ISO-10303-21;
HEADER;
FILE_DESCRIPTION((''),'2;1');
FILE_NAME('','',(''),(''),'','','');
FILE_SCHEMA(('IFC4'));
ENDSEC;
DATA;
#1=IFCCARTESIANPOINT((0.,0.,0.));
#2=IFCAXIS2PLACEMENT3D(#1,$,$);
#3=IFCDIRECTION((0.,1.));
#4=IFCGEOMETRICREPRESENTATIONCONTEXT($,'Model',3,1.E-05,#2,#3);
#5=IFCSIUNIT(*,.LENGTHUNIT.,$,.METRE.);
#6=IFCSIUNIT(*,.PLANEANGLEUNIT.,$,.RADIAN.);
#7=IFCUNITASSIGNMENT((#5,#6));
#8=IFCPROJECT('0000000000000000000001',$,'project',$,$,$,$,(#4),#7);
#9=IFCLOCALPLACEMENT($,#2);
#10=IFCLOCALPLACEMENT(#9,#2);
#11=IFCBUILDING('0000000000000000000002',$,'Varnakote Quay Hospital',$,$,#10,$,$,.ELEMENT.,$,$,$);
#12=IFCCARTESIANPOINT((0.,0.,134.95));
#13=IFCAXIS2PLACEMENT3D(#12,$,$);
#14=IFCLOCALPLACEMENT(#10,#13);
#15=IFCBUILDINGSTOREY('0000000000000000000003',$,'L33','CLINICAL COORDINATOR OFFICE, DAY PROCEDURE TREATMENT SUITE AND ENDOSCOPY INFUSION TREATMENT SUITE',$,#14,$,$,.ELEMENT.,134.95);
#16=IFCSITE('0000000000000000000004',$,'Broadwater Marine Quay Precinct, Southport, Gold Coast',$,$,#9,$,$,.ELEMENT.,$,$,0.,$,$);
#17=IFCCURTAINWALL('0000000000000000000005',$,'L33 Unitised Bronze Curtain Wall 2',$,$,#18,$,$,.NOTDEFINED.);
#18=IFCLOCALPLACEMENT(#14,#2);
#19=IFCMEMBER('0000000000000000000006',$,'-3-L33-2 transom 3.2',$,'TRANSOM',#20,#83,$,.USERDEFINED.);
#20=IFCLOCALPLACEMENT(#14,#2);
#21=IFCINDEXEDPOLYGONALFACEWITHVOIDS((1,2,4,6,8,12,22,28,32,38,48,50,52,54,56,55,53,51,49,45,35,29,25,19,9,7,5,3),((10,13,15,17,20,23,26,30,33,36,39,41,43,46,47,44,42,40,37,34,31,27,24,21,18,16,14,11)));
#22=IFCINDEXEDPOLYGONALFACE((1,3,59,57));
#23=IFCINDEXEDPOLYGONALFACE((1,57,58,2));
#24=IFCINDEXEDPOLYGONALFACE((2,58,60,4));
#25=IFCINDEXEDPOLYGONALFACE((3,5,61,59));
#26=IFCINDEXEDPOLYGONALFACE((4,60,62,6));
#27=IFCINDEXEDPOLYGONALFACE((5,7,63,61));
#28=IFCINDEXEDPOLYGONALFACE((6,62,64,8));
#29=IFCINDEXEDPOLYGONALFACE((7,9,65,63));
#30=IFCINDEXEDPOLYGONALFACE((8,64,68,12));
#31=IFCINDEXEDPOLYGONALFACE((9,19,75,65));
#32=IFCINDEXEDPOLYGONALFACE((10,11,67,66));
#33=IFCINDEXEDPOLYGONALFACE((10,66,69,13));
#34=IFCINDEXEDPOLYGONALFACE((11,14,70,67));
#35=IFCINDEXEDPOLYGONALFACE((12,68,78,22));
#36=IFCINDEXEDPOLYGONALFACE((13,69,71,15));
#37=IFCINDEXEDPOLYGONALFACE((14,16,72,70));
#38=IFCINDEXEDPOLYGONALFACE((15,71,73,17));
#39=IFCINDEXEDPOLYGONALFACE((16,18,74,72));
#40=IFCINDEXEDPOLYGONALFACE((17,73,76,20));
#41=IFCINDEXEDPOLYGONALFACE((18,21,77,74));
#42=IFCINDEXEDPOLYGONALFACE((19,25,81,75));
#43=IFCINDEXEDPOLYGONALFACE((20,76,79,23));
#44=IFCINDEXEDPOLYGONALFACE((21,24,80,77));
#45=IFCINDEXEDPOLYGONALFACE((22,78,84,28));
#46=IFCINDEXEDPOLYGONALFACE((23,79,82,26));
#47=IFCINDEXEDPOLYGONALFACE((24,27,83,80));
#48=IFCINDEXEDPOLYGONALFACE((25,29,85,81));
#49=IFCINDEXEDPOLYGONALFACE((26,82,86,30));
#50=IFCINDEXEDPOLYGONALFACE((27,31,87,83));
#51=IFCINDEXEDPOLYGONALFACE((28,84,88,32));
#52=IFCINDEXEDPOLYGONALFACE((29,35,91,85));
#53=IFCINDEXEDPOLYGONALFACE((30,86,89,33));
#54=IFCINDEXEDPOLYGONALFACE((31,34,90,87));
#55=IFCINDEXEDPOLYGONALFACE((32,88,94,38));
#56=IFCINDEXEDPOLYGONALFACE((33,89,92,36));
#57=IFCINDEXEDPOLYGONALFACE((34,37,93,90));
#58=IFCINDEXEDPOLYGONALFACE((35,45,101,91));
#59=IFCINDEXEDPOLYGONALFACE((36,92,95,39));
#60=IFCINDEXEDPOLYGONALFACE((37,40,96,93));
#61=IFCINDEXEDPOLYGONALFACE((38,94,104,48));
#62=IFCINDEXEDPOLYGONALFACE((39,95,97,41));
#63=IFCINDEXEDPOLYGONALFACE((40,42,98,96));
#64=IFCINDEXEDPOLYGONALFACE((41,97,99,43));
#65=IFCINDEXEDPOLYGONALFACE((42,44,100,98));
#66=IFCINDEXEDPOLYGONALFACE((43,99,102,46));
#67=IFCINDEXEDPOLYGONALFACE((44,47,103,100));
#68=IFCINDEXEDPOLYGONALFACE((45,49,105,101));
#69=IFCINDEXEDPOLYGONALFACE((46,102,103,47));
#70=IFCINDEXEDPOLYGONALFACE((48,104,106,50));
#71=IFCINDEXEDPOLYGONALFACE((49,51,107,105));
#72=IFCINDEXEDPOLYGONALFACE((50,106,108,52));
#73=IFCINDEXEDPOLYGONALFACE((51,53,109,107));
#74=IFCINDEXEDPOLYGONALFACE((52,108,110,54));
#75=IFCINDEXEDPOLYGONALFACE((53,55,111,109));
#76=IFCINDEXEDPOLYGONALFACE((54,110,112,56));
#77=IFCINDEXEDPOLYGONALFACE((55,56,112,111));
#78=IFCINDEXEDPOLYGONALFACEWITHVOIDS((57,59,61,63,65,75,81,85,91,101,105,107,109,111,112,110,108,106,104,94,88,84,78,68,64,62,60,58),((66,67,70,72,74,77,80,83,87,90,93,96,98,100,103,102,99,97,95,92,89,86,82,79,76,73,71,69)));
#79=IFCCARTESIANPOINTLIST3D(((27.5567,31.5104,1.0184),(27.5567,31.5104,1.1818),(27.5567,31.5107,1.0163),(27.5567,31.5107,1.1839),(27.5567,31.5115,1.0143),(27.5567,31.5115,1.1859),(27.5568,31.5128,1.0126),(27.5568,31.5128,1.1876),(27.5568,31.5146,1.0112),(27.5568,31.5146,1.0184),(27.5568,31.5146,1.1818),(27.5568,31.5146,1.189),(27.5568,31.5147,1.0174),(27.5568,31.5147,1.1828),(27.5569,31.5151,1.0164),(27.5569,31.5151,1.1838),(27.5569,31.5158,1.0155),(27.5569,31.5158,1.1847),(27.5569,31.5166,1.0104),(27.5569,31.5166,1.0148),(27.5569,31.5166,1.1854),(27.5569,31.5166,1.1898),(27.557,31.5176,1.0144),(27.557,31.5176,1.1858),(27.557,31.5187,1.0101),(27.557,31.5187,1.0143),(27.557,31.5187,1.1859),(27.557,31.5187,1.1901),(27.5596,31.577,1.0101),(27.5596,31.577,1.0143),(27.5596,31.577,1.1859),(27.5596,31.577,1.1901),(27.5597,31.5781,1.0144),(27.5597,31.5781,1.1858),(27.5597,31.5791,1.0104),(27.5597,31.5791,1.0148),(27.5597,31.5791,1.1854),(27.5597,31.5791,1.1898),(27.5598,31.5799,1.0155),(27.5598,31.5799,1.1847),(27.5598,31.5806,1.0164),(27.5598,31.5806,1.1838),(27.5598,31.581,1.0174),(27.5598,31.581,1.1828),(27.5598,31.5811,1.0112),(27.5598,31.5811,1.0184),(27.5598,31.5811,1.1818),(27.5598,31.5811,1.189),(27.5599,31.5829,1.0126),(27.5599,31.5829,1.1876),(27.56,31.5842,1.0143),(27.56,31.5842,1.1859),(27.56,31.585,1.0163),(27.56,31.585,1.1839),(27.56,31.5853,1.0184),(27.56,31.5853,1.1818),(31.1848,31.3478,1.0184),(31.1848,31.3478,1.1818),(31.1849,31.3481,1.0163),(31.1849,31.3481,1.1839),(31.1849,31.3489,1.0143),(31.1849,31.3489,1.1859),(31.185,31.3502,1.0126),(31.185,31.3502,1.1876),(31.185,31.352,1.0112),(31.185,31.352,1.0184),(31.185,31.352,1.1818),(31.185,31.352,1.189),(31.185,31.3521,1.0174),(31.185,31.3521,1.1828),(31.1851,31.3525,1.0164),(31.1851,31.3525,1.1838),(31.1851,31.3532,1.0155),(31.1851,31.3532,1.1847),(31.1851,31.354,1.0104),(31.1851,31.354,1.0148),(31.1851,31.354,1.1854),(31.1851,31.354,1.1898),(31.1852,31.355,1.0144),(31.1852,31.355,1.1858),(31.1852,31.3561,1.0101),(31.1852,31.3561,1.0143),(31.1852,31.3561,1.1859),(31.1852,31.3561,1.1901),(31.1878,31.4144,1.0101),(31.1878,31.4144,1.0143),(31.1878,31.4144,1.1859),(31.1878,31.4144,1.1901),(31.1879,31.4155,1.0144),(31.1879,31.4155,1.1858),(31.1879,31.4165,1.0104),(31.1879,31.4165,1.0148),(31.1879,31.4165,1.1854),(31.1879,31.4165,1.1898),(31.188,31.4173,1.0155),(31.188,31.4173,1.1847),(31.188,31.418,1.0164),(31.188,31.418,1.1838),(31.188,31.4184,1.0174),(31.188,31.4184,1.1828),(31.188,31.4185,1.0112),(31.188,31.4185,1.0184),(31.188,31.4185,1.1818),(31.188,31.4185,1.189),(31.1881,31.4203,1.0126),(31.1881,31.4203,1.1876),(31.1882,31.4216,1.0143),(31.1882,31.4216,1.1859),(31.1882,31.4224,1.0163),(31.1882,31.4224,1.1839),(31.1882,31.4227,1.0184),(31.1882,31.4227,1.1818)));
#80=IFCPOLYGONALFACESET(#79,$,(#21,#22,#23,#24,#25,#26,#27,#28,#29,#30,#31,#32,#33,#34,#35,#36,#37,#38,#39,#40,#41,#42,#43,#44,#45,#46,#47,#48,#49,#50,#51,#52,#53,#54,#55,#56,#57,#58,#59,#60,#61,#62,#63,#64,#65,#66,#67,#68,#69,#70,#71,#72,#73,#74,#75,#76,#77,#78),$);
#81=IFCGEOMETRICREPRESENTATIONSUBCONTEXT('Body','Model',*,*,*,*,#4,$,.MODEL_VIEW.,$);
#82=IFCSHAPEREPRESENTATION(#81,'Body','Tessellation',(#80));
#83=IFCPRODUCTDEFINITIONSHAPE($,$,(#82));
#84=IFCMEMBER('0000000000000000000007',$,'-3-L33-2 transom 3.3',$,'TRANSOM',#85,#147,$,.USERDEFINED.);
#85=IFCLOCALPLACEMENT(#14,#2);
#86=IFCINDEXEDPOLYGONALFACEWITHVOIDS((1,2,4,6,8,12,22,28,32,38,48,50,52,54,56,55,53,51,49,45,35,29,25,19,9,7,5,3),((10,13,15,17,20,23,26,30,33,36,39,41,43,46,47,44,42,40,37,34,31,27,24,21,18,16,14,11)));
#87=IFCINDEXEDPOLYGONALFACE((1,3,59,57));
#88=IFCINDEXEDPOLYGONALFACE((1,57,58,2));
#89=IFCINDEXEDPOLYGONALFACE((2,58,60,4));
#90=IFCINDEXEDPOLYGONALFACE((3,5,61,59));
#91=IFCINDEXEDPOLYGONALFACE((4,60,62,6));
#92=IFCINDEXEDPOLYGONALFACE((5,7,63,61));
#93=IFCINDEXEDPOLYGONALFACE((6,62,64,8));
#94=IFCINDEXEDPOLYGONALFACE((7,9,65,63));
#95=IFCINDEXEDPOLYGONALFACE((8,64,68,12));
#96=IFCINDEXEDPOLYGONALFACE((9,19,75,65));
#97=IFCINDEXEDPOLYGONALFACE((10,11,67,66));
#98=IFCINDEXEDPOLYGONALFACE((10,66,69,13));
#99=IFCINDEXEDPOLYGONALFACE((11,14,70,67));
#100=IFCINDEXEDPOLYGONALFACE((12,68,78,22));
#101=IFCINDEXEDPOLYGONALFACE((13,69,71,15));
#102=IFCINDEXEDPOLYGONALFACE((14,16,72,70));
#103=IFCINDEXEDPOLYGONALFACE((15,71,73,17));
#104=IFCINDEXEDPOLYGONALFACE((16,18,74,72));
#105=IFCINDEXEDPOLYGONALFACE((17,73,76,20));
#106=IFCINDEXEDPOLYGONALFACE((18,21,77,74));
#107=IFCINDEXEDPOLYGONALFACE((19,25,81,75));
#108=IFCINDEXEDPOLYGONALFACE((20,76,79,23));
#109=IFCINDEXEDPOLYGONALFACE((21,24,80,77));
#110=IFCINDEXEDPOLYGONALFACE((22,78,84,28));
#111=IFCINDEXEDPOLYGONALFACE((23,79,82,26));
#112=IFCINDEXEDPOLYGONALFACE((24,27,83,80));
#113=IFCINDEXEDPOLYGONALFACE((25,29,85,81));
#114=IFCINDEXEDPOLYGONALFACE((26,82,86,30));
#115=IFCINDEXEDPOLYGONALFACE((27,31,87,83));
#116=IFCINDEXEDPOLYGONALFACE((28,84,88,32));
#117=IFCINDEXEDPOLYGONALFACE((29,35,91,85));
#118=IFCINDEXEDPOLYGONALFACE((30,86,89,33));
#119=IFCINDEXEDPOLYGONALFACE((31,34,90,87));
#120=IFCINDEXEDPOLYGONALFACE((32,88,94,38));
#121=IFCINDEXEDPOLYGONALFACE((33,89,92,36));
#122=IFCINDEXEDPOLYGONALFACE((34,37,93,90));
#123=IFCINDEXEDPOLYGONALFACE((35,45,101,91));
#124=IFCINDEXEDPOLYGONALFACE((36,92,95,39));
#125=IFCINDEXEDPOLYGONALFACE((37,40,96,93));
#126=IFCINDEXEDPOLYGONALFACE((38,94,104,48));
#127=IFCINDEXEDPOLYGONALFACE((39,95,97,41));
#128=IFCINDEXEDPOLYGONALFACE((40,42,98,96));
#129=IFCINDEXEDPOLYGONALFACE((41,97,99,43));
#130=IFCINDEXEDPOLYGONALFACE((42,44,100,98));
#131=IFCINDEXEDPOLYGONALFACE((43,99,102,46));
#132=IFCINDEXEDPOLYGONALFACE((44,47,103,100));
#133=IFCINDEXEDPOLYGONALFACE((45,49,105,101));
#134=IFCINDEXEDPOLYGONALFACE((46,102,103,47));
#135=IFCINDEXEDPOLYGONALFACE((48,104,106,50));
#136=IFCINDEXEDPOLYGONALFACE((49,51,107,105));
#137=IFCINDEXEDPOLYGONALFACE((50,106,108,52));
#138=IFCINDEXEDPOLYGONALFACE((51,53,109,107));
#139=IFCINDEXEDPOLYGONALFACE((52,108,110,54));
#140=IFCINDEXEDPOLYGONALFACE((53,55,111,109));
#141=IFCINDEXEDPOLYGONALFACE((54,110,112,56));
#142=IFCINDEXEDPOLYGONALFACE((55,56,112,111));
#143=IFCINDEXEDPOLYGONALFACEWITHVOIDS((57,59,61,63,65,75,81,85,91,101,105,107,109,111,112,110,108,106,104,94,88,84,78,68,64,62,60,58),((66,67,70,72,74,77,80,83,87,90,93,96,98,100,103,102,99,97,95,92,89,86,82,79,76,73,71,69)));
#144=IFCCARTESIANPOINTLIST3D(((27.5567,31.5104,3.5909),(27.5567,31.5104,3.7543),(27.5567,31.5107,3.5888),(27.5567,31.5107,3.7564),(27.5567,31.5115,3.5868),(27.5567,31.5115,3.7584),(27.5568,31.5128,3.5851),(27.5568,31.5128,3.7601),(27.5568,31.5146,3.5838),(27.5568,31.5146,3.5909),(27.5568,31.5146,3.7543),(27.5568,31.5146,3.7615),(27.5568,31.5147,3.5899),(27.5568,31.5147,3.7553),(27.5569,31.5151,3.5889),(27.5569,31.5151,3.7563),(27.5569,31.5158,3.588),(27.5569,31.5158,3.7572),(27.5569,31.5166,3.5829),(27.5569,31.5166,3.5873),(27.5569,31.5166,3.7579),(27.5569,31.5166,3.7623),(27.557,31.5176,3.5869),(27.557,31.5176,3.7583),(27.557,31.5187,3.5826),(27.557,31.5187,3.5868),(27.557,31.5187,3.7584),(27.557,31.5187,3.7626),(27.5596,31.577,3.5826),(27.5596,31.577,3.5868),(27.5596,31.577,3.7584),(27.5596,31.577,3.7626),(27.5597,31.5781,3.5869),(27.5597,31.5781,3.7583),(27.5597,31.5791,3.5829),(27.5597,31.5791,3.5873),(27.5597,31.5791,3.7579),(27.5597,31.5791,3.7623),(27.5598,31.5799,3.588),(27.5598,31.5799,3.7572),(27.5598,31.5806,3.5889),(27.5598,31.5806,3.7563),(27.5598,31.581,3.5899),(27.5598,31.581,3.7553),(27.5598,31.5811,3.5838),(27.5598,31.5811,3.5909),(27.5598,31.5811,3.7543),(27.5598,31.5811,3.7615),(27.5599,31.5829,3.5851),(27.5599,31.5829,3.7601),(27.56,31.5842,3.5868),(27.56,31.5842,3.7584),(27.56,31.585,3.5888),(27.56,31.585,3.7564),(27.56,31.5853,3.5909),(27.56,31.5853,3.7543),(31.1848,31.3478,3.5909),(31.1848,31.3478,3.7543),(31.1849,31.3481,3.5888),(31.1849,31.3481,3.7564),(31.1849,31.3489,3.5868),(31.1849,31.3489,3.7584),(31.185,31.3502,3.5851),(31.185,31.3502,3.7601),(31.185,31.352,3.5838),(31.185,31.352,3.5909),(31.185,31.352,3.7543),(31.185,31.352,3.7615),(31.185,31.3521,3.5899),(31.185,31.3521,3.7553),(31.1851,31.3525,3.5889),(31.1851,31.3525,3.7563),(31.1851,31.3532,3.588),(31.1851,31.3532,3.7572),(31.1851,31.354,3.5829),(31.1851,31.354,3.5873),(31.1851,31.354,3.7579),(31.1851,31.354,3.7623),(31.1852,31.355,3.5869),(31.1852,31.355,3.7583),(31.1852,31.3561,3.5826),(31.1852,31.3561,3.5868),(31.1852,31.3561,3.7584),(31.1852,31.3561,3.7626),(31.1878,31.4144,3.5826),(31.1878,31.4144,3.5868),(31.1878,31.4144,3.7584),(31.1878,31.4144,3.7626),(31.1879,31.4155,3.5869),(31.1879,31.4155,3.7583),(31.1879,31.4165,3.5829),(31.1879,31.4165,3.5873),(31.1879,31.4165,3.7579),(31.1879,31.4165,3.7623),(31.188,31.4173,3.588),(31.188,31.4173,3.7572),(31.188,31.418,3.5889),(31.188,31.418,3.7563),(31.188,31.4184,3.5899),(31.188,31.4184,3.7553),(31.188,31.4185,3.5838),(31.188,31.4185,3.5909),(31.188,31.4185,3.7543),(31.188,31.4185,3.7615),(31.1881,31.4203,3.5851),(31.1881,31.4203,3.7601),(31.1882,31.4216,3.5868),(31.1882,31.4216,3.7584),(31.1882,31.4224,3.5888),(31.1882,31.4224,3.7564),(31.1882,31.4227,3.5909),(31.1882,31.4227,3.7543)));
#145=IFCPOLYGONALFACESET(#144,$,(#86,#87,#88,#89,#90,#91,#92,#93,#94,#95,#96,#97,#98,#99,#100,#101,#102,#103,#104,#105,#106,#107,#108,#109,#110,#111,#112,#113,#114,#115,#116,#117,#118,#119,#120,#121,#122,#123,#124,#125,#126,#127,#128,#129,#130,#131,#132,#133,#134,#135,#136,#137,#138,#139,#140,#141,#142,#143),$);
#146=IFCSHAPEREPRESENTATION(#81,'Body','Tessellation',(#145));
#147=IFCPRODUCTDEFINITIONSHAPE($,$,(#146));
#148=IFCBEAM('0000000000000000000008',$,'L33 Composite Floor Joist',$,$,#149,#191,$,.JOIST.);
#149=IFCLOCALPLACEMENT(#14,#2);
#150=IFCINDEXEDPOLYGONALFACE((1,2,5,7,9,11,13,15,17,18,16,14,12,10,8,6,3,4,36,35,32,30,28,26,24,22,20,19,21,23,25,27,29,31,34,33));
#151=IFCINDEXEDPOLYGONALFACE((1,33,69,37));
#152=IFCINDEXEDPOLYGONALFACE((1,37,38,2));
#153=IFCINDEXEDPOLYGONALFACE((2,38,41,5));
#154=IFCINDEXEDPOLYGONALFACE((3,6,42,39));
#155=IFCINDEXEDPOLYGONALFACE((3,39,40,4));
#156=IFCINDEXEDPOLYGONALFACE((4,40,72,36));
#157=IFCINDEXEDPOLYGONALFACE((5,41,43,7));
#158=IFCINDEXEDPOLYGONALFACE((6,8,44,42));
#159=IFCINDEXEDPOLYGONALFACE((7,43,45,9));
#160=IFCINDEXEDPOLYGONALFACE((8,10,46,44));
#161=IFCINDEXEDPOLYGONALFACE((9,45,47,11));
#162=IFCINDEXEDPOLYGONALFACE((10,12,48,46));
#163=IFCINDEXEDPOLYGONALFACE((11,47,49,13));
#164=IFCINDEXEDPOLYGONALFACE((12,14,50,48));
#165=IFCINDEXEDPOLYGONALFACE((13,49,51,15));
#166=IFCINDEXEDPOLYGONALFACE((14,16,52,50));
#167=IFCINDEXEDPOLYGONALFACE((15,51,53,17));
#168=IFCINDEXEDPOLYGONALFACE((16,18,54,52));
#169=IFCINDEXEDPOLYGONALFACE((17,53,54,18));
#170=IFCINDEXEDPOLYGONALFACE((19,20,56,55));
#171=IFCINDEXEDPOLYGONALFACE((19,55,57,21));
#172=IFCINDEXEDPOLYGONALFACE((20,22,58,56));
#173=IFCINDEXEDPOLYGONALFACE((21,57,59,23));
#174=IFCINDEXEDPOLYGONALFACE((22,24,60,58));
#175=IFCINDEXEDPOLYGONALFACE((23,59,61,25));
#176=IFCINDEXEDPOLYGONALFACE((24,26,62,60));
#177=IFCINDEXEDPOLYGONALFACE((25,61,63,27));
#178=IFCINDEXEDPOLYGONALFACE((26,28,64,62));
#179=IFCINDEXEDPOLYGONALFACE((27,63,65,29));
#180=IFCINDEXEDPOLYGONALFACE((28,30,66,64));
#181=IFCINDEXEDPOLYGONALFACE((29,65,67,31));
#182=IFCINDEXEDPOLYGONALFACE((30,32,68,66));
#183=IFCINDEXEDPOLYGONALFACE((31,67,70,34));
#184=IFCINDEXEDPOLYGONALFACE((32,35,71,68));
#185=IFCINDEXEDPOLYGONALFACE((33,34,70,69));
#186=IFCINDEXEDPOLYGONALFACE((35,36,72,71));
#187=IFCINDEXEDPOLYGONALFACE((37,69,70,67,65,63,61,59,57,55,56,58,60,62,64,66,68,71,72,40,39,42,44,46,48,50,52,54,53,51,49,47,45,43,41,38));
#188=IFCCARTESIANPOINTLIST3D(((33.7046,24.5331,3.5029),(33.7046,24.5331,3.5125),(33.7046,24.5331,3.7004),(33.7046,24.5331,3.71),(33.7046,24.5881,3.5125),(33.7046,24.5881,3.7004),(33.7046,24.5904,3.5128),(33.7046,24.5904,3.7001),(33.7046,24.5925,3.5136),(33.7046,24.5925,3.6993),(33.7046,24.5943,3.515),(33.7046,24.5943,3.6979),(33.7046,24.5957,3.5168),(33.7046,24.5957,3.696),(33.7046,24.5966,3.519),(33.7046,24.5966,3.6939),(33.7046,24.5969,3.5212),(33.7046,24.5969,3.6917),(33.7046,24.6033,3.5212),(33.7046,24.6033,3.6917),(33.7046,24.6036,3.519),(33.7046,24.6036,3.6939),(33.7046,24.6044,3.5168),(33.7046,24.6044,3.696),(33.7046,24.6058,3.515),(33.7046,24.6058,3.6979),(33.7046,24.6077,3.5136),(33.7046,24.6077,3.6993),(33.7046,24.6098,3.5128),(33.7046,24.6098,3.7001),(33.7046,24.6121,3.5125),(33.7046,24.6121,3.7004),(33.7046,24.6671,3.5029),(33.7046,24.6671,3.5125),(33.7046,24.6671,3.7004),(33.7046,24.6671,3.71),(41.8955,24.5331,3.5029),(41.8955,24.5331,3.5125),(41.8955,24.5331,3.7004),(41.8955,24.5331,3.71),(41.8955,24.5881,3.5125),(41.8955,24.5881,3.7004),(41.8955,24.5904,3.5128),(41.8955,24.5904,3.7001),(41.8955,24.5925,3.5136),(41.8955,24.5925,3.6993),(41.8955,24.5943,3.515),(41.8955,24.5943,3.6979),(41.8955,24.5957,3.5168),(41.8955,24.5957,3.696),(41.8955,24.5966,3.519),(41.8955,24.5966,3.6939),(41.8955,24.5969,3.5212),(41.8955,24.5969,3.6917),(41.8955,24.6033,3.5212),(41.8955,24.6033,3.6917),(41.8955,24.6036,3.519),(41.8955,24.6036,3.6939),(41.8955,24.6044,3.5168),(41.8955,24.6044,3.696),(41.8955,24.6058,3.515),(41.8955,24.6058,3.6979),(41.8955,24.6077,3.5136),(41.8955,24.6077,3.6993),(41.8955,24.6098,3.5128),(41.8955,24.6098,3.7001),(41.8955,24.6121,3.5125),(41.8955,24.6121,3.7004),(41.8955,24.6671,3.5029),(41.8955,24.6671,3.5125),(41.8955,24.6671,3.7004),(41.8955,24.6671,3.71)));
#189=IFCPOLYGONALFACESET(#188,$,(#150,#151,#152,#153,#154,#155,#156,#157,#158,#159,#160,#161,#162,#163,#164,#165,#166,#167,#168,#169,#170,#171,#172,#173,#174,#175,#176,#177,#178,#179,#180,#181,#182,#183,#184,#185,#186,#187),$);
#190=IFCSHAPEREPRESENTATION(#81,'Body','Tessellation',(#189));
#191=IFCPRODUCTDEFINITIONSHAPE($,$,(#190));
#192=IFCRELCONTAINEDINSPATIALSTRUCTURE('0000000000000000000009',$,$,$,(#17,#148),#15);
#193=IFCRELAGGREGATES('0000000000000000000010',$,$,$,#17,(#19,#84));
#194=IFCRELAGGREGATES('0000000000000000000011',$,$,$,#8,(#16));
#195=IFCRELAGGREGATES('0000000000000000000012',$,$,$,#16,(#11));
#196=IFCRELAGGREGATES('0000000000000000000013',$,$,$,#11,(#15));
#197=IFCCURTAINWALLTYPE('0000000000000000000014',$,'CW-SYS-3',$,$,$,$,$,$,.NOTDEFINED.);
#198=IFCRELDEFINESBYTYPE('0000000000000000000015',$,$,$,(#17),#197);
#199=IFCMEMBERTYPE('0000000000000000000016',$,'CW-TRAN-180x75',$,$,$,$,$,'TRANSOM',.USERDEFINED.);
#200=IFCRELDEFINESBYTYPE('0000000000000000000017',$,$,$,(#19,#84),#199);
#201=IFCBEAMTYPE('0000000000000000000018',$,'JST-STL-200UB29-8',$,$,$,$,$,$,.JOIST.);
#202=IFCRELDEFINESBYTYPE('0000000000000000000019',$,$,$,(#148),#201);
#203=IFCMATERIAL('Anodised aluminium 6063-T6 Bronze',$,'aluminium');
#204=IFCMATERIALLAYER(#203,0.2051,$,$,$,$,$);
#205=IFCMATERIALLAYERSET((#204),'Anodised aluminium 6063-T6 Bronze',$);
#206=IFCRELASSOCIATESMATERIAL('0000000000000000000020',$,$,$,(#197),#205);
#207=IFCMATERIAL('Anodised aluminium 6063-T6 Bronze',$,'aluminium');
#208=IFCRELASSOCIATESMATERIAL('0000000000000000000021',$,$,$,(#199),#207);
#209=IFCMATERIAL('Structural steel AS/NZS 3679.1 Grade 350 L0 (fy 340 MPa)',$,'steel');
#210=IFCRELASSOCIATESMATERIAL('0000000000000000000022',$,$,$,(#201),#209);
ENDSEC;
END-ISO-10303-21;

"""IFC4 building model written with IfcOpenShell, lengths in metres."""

from ifc_helpers import new_model, si_unit, direction, frame, origin, origin_2d, place, context, subcontext, project, spatial, hollow_rectangle, i_section, extrude, material, layer, layer_set, material_profile, profile_set, type_object, element, aggregate, save


model = new_model("IFC4")

# Units and contexts
model_context = context("Model", 3, precision=1e-05, world=origin(), true_north=direction((0.0, 1.0)))
body_context = subcontext(model_context, "Body", "Model", "MODEL_VIEW")
ifc_project = project(units=[si_unit("LENGTHUNIT", "METRE"), si_unit("PLANEANGLEUNIT", "RADIAN")], contexts=[model_context])

# Site, building, storey
site_placement = place(None, origin())
site = spatial("IfcSite", under=ifc_project, at=site_placement, Name="Broadwater Marine Quay Precinct, Southport, Gold Coast", CompositionType="ELEMENT", RefElevation=0.0)
building_placement = place(site_placement, origin())
building = spatial("IfcBuilding", under=site, at=building_placement, Name="Varnakote Quay Hospital", CompositionType="ELEMENT")
storey_placement = place(building_placement, frame((0.0, 0.0, 134.95)))
storey = spatial("IfcBuildingStorey", under=building, at=storey_placement, Name="L33", Description="CLINICAL COORDINATOR OFFICE, DAY PROCEDURE TREATMENT SUITE AND ENDOSCOPY INFUSION TREATMENT SUITE", CompositionType="ELEMENT", Elevation=134.95)

# Curtain wall, members
ifc_material_1 = material(Name="Anodised aluminium 6063-T6 Bronze", Category="aluminium")
ifc_layer_1 = layer(ifc_material_1, 0.2051)
ifc_layer_set_1 = layer_set([ifc_layer_1], Name="Anodised aluminium 6063-T6 Bronze")
curtain_wall_type = type_object("IfcCurtainWallType", Name="CW-SYS-3", PredefinedType="NOTDEFINED", material=ifc_layer_set_1)
curtain_wall_placement = place(storey_placement, origin())
curtain_wall = element("IfcCurtainWall", 1, at=curtain_wall_placement, inside=storey, type_object=curtain_wall_type, Name="L33 Unitised Bronze Curtain Wall 2", PredefinedType="NOTDEFINED")
ifc_material_2 = material(Name="Anodised aluminium 6063-T6 Bronze", Category="aluminium")
ifc_material_profile_1 = material_profile(ifc_material_2, hollow_rectangle(XDim=0.075, YDim=0.1799, WallThickness=0.0042, InnerFilletRadius=0.0042, OuterFilletRadius=0.0083, at=origin_2d()), Name="CW-TRAN-180x75")
ifc_profile_set_1 = profile_set([ifc_material_profile_1], Name="Anodised aluminium 6063-T6 Bronze")
member_type_1 = type_object("IfcMemberType", Name="CW-TRAN-180x75", ElementType="TRANSOM", PredefinedType="USERDEFINED", material=ifc_profile_set_1)
member_1_placement = place(storey_placement, frame((31.1865, 31.3853, 1.1001), z_axis=(-0.998997, 0.04477, 0.0), x_axis=(-0.04477, -0.998997, 0.0)))
member_1 = element("IfcMember", 2, at=member_1_placement, type_object=member_type_1, Name="-3-L33-2 transom 3.2", ObjectType="TRANSOM", PredefinedType="USERDEFINED", context=body_context, shape_type="SweptSolid", body=[
    extrude(hollow_rectangle(XDim=0.075, YDim=0.1799, WallThickness=0.0042, InnerFilletRadius=0.0042, OuterFilletRadius=0.0083, at=origin_2d()), origin(), (0.0, 0.0, 1.0), 3.6318),
])
member_2_placement = place(storey_placement, frame((31.1865, 31.3853, 3.6726), z_axis=(-0.998997, 0.04477, 0.0), x_axis=(-0.04477, -0.998997, 0.0)))
member_2 = element("IfcMember", 3, at=member_2_placement, type_object=member_type_1, Name="-3-L33-2 transom 3.3", ObjectType="TRANSOM", PredefinedType="USERDEFINED", context=body_context, shape_type="SweptSolid", body=[
    extrude(hollow_rectangle(XDim=0.075, YDim=0.1799, WallThickness=0.0042, InnerFilletRadius=0.0042, OuterFilletRadius=0.0083, at=origin_2d()), origin(), (0.0, 0.0, 1.0), 3.6318),
])

# Beam
ifc_material_3 = material(Name="Structural steel AS/NZS 3679.1 Grade 350 L0 (fy 340 MPa)", Category="steel")
ifc_material_profile_2 = material_profile(ifc_material_3, i_section(OverallWidth=0.134, OverallDepth=0.207, WebThickness=0.0063, FlangeThickness=0.0095, FilletRadius=0.0088, at=origin_2d()), Name="200UB29.8")
ifc_profile_set_2 = profile_set([ifc_material_profile_2], Name="Structural steel AS/NZS 3679.1 Grade 350 L0 (fy 340 MPa)")
beam_type_1 = type_object("IfcBeamType", Name="JST-STL-200UB29-8", PredefinedType="JOIST", material=ifc_profile_set_2)
beam_1_placement = place(storey_placement, frame((33.7046, 24.6001, 3.6064), z_axis=(1.0, 0.0, 0.0), x_axis=(0.0, 1.0, 0.0)))
element("IfcBeam", 4, at=beam_1_placement, inside=storey, type_object=beam_type_1, Name="L33 Composite Floor Joist", PredefinedType="JOIST", context=body_context, shape_type="SweptSolid", body=[
    extrude(i_section(OverallWidth=0.134, OverallDepth=0.207, WebThickness=0.0063, FlangeThickness=0.0095, FilletRadius=0.0088, at=origin_2d()), origin(), (0.0, 0.0, 1.0), 8.1909),
])

aggregate(curtain_wall, [member_1, member_2])

save(model, "model.ifc")
